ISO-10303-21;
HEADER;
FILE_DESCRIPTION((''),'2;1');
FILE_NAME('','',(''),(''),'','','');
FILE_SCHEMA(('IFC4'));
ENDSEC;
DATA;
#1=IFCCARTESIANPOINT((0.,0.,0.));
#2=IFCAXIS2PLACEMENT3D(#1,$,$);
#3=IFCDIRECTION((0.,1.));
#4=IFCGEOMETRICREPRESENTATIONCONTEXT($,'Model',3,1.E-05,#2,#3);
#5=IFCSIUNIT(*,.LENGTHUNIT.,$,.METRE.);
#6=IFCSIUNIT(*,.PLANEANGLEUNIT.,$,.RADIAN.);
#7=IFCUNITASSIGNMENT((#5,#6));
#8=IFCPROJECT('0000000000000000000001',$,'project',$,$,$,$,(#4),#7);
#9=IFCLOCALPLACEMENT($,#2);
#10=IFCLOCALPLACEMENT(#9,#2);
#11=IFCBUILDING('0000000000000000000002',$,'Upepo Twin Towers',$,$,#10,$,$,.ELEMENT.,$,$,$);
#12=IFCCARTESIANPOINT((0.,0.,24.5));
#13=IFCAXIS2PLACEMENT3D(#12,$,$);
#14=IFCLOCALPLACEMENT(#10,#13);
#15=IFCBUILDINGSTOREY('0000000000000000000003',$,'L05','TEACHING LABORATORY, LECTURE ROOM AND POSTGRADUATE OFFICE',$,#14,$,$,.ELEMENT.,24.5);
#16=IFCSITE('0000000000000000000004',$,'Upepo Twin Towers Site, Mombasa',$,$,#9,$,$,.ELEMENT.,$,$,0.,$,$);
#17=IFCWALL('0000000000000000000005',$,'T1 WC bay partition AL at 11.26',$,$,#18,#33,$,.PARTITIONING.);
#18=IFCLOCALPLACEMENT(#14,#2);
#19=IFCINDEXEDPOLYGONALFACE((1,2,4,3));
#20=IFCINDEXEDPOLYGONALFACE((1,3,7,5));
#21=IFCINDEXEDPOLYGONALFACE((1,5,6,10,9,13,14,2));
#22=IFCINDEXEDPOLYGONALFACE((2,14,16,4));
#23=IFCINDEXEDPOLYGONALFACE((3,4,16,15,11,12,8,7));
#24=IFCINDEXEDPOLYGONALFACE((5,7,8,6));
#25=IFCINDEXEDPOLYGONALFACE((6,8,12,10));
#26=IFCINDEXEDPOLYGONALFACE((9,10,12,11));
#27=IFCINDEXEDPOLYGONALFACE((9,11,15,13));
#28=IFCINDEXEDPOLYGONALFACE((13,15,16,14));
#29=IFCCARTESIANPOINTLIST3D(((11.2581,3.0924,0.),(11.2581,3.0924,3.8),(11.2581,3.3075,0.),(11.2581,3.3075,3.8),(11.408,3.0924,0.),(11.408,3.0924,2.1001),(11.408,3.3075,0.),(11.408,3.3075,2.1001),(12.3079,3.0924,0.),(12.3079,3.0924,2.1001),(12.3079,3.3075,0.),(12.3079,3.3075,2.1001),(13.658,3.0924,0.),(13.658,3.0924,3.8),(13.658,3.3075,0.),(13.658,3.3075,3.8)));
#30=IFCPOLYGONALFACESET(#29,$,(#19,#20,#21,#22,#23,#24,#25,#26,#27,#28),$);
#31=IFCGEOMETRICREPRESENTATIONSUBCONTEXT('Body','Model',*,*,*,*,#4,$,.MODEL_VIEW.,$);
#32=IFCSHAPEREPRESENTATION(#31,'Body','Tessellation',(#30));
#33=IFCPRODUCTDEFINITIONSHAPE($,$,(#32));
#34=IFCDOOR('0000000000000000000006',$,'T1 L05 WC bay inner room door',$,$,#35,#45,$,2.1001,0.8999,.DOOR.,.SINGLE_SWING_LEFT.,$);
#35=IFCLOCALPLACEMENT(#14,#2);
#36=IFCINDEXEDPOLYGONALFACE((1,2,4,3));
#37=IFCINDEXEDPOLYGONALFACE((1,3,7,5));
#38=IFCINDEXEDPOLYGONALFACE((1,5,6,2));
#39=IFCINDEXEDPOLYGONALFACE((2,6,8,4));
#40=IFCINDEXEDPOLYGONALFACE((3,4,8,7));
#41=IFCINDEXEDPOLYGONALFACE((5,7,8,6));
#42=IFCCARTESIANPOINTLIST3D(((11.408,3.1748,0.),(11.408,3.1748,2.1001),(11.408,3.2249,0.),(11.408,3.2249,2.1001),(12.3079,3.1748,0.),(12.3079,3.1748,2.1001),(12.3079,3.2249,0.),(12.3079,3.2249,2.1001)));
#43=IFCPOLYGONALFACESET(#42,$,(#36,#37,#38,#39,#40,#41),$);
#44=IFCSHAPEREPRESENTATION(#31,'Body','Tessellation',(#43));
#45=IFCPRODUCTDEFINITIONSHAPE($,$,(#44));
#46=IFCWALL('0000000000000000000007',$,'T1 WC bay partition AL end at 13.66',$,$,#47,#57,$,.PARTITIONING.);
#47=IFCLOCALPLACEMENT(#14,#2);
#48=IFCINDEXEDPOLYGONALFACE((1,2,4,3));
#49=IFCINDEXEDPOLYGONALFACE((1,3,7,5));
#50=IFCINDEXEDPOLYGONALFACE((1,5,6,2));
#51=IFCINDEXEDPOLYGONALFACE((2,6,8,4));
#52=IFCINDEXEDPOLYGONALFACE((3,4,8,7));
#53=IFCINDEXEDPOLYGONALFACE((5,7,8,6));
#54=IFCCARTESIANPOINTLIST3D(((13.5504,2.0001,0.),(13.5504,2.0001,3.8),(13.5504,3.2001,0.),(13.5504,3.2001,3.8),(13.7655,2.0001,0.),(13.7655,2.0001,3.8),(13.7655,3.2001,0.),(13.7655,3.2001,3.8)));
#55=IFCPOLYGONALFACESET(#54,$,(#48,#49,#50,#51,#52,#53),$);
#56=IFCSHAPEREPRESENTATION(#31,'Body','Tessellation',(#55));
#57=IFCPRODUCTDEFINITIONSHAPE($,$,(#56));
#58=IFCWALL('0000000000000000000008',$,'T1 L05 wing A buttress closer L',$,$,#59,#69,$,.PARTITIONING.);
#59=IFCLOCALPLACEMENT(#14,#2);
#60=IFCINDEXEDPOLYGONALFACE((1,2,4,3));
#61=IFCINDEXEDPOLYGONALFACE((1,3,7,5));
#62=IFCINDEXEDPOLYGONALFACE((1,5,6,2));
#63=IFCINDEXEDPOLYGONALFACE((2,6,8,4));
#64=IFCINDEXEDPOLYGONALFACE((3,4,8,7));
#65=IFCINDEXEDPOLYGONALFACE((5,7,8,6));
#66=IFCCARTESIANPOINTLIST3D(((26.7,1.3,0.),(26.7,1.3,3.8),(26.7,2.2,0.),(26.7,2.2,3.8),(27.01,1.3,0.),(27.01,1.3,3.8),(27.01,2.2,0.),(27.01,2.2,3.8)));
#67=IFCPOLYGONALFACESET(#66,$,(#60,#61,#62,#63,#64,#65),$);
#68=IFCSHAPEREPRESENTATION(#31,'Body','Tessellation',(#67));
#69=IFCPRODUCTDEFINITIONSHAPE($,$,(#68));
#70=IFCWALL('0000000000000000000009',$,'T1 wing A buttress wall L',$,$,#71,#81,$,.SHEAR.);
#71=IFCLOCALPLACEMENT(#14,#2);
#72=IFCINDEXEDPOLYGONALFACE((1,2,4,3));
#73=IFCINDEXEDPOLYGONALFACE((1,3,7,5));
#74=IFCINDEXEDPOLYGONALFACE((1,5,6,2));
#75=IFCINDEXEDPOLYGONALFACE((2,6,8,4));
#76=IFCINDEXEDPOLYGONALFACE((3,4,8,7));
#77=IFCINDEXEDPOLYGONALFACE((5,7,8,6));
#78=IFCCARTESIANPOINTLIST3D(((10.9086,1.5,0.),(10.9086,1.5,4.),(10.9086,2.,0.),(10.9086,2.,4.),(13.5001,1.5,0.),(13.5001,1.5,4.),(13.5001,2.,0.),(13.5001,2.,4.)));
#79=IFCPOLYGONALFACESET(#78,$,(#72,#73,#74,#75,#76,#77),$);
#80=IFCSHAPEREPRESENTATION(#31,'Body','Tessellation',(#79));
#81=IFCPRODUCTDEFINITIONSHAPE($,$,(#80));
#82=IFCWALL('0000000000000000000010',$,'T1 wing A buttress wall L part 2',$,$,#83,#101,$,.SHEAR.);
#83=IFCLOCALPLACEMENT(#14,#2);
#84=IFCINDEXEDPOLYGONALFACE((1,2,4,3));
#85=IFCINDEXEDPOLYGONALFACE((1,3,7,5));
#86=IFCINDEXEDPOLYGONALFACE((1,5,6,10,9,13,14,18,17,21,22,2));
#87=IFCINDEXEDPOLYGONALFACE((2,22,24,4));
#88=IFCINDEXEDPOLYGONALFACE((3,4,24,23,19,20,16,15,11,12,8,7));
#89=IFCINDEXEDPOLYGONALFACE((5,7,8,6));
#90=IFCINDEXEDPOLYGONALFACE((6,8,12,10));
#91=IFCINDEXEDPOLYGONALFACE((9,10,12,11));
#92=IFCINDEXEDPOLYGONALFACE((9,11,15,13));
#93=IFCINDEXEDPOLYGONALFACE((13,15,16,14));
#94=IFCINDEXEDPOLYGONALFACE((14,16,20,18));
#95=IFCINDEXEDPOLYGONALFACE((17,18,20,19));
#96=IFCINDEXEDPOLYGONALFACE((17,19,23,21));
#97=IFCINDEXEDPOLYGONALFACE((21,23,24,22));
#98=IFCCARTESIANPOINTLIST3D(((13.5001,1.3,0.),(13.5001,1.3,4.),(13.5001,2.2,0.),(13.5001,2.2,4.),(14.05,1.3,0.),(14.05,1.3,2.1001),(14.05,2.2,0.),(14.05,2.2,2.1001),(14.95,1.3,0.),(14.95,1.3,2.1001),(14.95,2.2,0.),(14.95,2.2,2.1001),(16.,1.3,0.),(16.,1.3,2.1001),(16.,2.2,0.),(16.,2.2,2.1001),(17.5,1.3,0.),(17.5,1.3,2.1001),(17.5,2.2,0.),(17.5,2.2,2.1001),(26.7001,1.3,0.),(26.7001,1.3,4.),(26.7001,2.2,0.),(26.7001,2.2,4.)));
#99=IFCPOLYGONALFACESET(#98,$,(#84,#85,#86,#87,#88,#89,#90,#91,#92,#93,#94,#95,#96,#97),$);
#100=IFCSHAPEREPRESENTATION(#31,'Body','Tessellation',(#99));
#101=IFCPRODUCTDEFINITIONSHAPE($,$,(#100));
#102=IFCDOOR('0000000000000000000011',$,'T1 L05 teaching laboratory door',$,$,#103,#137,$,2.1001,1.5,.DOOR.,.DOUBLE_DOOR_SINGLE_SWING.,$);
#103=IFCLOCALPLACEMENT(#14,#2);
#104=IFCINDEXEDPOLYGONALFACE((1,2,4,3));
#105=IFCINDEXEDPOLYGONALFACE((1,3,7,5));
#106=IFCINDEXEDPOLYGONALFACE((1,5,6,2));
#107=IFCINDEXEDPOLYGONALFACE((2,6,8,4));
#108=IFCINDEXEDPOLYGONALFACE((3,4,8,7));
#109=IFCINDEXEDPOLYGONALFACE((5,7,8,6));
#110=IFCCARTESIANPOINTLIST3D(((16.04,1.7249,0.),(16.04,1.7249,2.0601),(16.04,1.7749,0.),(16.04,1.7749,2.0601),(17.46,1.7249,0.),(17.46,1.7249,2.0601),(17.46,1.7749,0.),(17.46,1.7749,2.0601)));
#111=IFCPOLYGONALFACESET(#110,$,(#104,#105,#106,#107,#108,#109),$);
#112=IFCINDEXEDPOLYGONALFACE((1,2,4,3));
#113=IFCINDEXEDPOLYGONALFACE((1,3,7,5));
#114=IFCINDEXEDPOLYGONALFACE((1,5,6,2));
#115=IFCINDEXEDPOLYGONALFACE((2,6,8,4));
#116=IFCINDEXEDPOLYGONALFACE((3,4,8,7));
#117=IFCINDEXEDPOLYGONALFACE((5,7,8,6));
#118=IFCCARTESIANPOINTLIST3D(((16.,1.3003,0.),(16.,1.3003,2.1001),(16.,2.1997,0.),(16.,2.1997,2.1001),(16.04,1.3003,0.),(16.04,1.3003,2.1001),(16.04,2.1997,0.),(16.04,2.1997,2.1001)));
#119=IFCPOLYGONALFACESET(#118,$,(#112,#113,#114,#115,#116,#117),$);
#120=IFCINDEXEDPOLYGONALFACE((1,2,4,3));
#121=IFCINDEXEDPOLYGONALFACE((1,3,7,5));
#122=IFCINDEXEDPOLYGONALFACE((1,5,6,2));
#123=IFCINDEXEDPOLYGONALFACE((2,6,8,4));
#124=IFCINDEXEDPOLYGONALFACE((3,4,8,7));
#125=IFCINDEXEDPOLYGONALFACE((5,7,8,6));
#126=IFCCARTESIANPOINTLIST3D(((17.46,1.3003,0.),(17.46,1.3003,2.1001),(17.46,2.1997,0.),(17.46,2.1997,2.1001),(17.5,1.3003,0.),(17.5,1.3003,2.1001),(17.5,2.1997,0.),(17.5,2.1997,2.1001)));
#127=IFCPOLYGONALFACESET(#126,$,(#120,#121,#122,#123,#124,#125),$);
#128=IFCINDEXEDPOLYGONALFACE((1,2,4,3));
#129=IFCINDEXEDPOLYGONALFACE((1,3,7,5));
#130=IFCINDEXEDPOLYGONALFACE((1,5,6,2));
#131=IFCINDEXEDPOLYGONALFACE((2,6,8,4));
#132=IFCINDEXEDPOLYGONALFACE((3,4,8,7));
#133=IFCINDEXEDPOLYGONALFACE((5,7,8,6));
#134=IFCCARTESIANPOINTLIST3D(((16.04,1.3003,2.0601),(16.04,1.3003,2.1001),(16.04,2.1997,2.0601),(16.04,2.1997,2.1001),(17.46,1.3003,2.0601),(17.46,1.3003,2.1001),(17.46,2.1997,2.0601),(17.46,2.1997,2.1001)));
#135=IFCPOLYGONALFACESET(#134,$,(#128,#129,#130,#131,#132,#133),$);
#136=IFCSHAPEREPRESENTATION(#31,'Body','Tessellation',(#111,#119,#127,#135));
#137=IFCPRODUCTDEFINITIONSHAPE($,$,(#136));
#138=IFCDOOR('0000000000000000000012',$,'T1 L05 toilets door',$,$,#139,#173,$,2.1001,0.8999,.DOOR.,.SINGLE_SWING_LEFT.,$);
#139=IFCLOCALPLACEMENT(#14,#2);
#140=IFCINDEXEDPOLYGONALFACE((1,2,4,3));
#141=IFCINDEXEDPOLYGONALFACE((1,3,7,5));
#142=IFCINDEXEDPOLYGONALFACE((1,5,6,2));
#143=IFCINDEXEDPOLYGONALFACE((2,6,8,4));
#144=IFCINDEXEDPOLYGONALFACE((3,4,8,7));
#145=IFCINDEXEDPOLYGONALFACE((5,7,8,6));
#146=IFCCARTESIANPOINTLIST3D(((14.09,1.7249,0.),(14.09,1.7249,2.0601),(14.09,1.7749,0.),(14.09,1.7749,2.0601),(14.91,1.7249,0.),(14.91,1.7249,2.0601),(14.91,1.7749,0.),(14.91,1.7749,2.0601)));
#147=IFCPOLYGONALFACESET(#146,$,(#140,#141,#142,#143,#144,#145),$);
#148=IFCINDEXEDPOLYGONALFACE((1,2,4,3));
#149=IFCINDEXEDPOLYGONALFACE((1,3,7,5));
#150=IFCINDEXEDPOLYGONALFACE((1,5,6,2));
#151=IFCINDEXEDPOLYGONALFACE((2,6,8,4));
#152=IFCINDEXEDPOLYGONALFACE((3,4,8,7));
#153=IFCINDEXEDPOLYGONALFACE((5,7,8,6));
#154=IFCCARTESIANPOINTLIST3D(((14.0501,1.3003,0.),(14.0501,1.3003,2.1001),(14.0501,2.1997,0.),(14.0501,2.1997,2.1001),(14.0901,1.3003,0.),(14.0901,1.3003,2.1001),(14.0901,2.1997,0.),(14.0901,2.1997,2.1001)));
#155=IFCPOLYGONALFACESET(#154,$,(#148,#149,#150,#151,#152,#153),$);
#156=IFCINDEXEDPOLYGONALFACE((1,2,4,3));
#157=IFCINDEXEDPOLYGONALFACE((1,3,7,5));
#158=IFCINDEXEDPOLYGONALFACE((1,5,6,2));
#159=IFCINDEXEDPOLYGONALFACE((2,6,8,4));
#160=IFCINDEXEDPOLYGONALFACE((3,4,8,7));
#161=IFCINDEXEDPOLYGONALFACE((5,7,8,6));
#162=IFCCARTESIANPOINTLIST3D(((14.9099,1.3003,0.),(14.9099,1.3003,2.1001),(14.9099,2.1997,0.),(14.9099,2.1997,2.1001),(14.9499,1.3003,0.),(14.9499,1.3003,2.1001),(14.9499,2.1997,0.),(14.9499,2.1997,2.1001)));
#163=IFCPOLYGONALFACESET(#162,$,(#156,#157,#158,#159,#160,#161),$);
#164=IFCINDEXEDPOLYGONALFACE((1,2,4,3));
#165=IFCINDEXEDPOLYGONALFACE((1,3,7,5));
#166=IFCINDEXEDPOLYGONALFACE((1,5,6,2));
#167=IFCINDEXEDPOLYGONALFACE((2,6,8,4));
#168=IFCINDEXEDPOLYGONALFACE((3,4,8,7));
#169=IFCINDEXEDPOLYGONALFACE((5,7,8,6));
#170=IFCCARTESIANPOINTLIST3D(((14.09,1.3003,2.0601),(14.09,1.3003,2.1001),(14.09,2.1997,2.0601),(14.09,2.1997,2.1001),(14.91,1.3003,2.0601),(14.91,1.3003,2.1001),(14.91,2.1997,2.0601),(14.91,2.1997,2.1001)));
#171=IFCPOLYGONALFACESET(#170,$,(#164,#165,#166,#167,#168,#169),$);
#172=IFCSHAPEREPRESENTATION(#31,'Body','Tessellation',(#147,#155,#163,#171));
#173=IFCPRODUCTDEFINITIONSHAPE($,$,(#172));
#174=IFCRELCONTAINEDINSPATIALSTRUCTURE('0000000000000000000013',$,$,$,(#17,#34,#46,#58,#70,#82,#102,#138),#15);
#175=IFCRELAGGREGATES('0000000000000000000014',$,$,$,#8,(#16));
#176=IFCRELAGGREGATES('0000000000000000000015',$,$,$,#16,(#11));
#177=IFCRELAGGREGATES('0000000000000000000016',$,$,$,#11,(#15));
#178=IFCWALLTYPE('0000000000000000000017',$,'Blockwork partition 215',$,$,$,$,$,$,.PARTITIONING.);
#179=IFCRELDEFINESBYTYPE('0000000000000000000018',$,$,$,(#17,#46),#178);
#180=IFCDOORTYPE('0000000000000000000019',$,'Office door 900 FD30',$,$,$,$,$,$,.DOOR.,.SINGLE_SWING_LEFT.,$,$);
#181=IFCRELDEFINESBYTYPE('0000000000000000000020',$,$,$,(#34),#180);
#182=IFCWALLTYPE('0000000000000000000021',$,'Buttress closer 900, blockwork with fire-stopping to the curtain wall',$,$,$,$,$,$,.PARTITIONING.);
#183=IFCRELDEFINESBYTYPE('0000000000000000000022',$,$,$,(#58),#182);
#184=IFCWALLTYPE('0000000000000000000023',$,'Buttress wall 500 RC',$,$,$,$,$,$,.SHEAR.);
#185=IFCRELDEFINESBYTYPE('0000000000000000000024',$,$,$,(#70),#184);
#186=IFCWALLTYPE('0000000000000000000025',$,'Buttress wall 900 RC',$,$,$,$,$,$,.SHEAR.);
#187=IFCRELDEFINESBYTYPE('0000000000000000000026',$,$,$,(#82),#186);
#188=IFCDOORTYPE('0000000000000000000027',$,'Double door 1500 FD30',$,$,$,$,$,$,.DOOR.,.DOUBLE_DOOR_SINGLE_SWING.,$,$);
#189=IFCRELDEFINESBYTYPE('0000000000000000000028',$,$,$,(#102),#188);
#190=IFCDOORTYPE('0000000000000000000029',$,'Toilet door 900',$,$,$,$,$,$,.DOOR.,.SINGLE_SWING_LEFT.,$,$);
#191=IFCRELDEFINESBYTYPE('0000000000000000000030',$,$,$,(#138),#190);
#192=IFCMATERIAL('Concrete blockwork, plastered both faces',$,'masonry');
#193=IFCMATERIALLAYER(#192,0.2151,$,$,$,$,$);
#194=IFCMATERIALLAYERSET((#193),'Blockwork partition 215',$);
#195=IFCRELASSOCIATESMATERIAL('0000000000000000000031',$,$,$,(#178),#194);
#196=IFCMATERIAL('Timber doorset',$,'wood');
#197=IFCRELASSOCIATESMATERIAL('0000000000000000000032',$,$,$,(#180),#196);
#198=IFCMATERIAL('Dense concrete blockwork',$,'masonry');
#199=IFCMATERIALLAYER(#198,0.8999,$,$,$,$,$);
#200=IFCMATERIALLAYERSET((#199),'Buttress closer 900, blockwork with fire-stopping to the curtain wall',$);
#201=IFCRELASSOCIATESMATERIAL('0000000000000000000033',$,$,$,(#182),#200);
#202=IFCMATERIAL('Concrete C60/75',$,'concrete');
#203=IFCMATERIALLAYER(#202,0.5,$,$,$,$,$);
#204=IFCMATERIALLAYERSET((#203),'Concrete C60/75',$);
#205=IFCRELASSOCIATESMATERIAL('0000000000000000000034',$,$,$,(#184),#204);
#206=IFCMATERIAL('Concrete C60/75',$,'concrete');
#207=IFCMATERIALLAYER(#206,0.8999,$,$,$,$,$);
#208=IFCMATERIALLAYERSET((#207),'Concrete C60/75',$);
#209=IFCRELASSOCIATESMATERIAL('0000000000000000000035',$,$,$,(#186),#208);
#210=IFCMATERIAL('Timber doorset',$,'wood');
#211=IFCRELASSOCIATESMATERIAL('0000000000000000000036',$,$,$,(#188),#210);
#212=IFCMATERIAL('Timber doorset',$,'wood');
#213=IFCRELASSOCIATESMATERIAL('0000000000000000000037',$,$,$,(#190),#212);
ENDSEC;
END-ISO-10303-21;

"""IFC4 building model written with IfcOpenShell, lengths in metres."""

from ifc_helpers import new_model, si_unit, direction, frame, frame_2d, origin, place, context, subcontext, project, spatial, rectangle, extrude, material, layer, layer_set, type_object, element, fill, save


model = new_model("IFC4")

# Units and contexts
model_context = context("Model", 3, precision=1e-05, world=origin(), true_north=direction((0.0, 1.0)))
body_context = subcontext(model_context, "Body", "Model", "MODEL_VIEW")
ifc_project = project(units=[si_unit("LENGTHUNIT", "METRE"), si_unit("PLANEANGLEUNIT", "RADIAN")], contexts=[model_context])

# Site, building, storey
site_placement = place(None, origin())
site = spatial("IfcSite", under=ifc_project, at=site_placement, Name="Upepo Twin Towers Site, Mombasa", CompositionType="ELEMENT", RefElevation=0.0)
building_placement = place(site_placement, origin())
building = spatial("IfcBuilding", under=site, at=building_placement, Name="Upepo Twin Towers", CompositionType="ELEMENT")
storey_placement = place(building_placement, frame((0.0, 0.0, 24.5)))
storey = spatial("IfcBuildingStorey", under=building, at=storey_placement, Name="L05", Description="TEACHING LABORATORY, LECTURE ROOM AND POSTGRADUATE OFFICE", CompositionType="ELEMENT", Elevation=24.5)

# Shared definitions
ifc_material_1 = material(Name="Concrete blockwork, plastered both faces", Category="masonry")
ifc_layer_1 = layer(ifc_material_1, 0.2151)
ifc_layer_set_1 = layer_set([ifc_layer_1], Name="Blockwork partition 215")
wall_type_1 = type_object("IfcWallType", Name="Blockwork partition 215", PredefinedType="PARTITIONING", material=ifc_layer_set_1)

# Wall, opening, door
wall_1_placement = place(storey_placement, frame((11.2581, 3.2, 0.0), z_axis=(0.0, 0.0, 1.0), x_axis=(1.0, 0.0, 0.0)))
wall_1 = element("IfcWall", 1, at=wall_1_placement, inside=storey, type_object=wall_type_1, Name="T1 WC bay partition AL at 11.26", PredefinedType="PARTITIONING", context=body_context, shape_type="SweptSolid", body=[
    extrude(rectangle(XDim=2.3999, YDim=0.2151, at=frame_2d((1.2, 0.0))), origin(), (0.0, 0.0, 1.0), 3.8),
])
opening_1_placement = place(wall_1_placement, frame((0.1499, 0.0, 0.0)))
opening_1 = element("IfcOpeningElement", 2, at=opening_1_placement, cuts=wall_1, PredefinedType="OPENING", context=body_context, shape_type="SweptSolid", body=[
    extrude(rectangle(XDim=0.8999, YDim=2.1001, at=frame_2d((0.45, 1.05))), frame((0.0, 0.1174, 0.0), z_axis=(0.0, -1.0, 0.0), x_axis=(1.0, 0.0, 0.0)), (0.0, 0.0, 1.0), 0.2351),
])
ifc_material_2 = material(Name="Timber doorset", Category="wood")
door_type_1 = type_object("IfcDoorType", Name="Office door 900 FD30", OperationType="SINGLE_SWING_LEFT", PredefinedType="DOOR", material=ifc_material_2)
door_1_placement = place(opening_1_placement, origin())
door_1 = element("IfcDoor", 3, at=door_1_placement, inside=storey, type_object=door_type_1, Name="T1 L05 WC bay inner room door", OperationType="SINGLE_SWING_LEFT", OverallHeight=2.1001, OverallWidth=0.8999, PredefinedType="DOOR", context=body_context, shape_type="SweptSolid", body=[
    extrude(rectangle(XDim=0.8999, YDim=2.1001, at=frame_2d((0.45, 1.05))), frame((0.0, 0.0249, 0.0), z_axis=(0.0, -1.0, 0.0), x_axis=(1.0, 0.0, 0.0)), (0.0, 0.0, 1.0), 0.05),
])
fill(opening_1, door_1)

# Walls
wall_2_placement = place(storey_placement, frame((13.658, 2.0, 0.0), z_axis=(0.0, 0.0, 1.0), x_axis=(0.0, 1.0, 0.0)))
element("IfcWall", 4, at=wall_2_placement, inside=storey, type_object=wall_type_1, Name="T1 WC bay partition AL end at 13.66", PredefinedType="PARTITIONING", context=body_context, shape_type="SweptSolid", body=[
    extrude(rectangle(XDim=1.2, YDim=0.2151, at=frame_2d((0.6001, 0.0))), origin(), (0.0, 0.0, 1.0), 3.8),
])
ifc_material_3 = material(Name="Dense concrete blockwork", Category="masonry")
ifc_layer_2 = layer(ifc_material_3, 0.8999)
ifc_layer_set_2 = layer_set([ifc_layer_2], Name="Buttress closer 900, blockwork with fire-stopping to the curtain wall")
wall_type_2 = type_object("IfcWallType", Name="Buttress closer 900, blockwork with fire-stopping to the curtain wall", PredefinedType="PARTITIONING", material=ifc_layer_set_2)
wall_3_placement = place(storey_placement, frame((26.7, 1.75, 0.0), z_axis=(0.0, 0.0, 1.0), x_axis=(1.0, 0.0, 0.0)))
element("IfcWall", 5, at=wall_3_placement, inside=storey, type_object=wall_type_2, Name="T1 L05 wing A buttress closer L", PredefinedType="PARTITIONING", context=body_context, shape_type="SweptSolid", body=[
    extrude(rectangle(XDim=0.3101, YDim=0.8999, at=frame_2d((0.155, 0.0))), origin(), (0.0, 0.0, 1.0), 3.8),
])
ifc_material_4 = material(Name="Concrete C60/75", Category="concrete")
ifc_layer_3 = layer(ifc_material_4, 0.5)
ifc_layer_set_3 = layer_set([ifc_layer_3], Name="Concrete C60/75")
wall_type_3 = type_object("IfcWallType", Name="Buttress wall 500 RC", PredefinedType="SHEAR", material=ifc_layer_set_3)
wall_4_placement = place(storey_placement, frame((10.9084, 1.75, 0.0), z_axis=(0.0, 0.0, 1.0), x_axis=(1.0, 0.0, 0.0)))
element("IfcWall", 6, at=wall_4_placement, inside=storey, type_object=wall_type_3, Name="T1 wing A buttress wall L", PredefinedType="SHEAR", context=body_context, shape_type="SweptSolid", body=[
    extrude(rectangle(XDim=2.5916, YDim=0.5, at=frame_2d((1.2959, 0.0))), origin(), (0.0, 0.0, 1.0), 4.0),
])

# Wall, openings, doors
ifc_material_5 = material(Name="Concrete C60/75", Category="concrete")
ifc_layer_4 = layer(ifc_material_5, 0.8999)
ifc_layer_set_4 = layer_set([ifc_layer_4], Name="Concrete C60/75")
wall_type_4 = type_object("IfcWallType", Name="Buttress wall 900 RC", PredefinedType="SHEAR", material=ifc_layer_set_4)
wall_5_placement = place(storey_placement, frame((13.5, 1.75, 0.0), z_axis=(0.0, 0.0, 1.0), x_axis=(1.0, 0.0, 0.0)))
wall_5 = element("IfcWall", 7, at=wall_5_placement, inside=storey, type_object=wall_type_4, Name="T1 wing A buttress wall L part 2", PredefinedType="SHEAR", context=body_context, shape_type="SweptSolid", body=[
    extrude(rectangle(XDim=13.2, YDim=0.8999, at=frame_2d((6.6001, 0.0))), origin(), (0.0, 0.0, 1.0), 4.0),
])
opening_2_placement = place(wall_5_placement, frame((0.55, 0.0, 0.0)))
opening_2 = element("IfcOpeningElement", 8, at=opening_2_placement, cuts=wall_5, PredefinedType="OPENING", context=body_context, shape_type="SweptSolid", body=[
    extrude(rectangle(XDim=0.8999, YDim=2.1001, at=frame_2d((0.45, 1.05))), frame((0.0, 0.46, 0.0), z_axis=(0.0, -1.0, 0.0), x_axis=(1.0, 0.0, 0.0)), (0.0, 0.0, 1.0), 0.9199),
])
opening_3_placement = place(wall_5_placement, frame((2.5, 0.0, 0.0)))
opening_3 = element("IfcOpeningElement", 9, at=opening_3_placement, cuts=wall_5, PredefinedType="OPENING", context=body_context, shape_type="SweptSolid", body=[
    extrude(rectangle(XDim=1.5, YDim=2.1001, at=frame_2d((0.75, 1.05))), frame((0.0, 0.46, 0.0), z_axis=(0.0, -1.0, 0.0), x_axis=(1.0, 0.0, 0.0)), (0.0, 0.0, 1.0), 0.9199),
])
ifc_material_6 = material(Name="Timber doorset", Category="wood")
door_type_2 = type_object("IfcDoorType", Name="Double door 1500 FD30", OperationType="DOUBLE_DOOR_SINGLE_SWING", PredefinedType="DOOR", material=ifc_material_6)
door_2_placement = place(opening_3_placement, origin())
door_2 = element("IfcDoor", 10, at=door_2_placement, inside=storey, type_object=door_type_2, Name="T1 L05 teaching laboratory door", OperationType="DOUBLE_DOOR_SINGLE_SWING", OverallHeight=2.1001, OverallWidth=1.5, PredefinedType="DOOR", context=body_context, shape_type="SweptSolid", body=[
    extrude(rectangle(XDim=1.42, YDim=2.0601, at=frame_2d((0.75, 1.03))), frame((0.0, 0.0249, 0.0), z_axis=(0.0, -1.0, 0.0), x_axis=(1.0, 0.0, 0.0)), (0.0, 0.0, 1.0), 0.05),
    extrude(rectangle(XDim=0.04, YDim=2.1001, at=frame_2d((0.02, 1.05))), frame((0.0, 0.4497, 0.0), z_axis=(0.0, -1.0, 0.0), x_axis=(1.0, 0.0, 0.0)), (0.0, 0.0, 1.0), 0.8994),
    extrude(rectangle(XDim=0.04, YDim=2.1001, at=frame_2d((1.48, 1.05))), frame((0.0, 0.4497, 0.0), z_axis=(0.0, -1.0, 0.0), x_axis=(1.0, 0.0, 0.0)), (0.0, 0.0, 1.0), 0.8994),
    extrude(rectangle(XDim=1.42, YDim=0.04, at=frame_2d((0.75, 2.0801))), frame((0.0, 0.4497, 0.0), z_axis=(0.0, -1.0, 0.0), x_axis=(1.0, 0.0, 0.0)), (0.0, 0.0, 1.0), 0.8994),
])
fill(opening_3, door_2)
ifc_material_7 = material(Name="Timber doorset", Category="wood")
door_type_3 = type_object("IfcDoorType", Name="Toilet door 900", OperationType="SINGLE_SWING_LEFT", PredefinedType="DOOR", material=ifc_material_7)
door_3_placement = place(opening_2_placement, origin())
door_3 = element("IfcDoor", 11, at=door_3_placement, inside=storey, type_object=door_type_3, Name="T1 L05 toilets door", OperationType="SINGLE_SWING_LEFT", OverallHeight=2.1001, OverallWidth=0.8999, PredefinedType="DOOR", context=body_context, shape_type="SweptSolid", body=[
    extrude(rectangle(XDim=0.8199, YDim=2.0601, at=frame_2d((0.45, 1.03))), frame((0.0, 0.0249, 0.0), z_axis=(0.0, -1.0, 0.0), x_axis=(1.0, 0.0, 0.0)), (0.0, 0.0, 1.0), 0.05),
    extrude(rectangle(XDim=0.04, YDim=2.1001, at=frame_2d((0.02, 1.05))), frame((0.0, 0.4497, 0.0), z_axis=(0.0, -1.0, 0.0), x_axis=(1.0, 0.0, 0.0)), (0.0, 0.0, 1.0), 0.8994),
    extrude(rectangle(XDim=0.04, YDim=2.1001, at=frame_2d((0.8799, 1.05))), frame((0.0, 0.4497, 0.0), z_axis=(0.0, -1.0, 0.0), x_axis=(1.0, 0.0, 0.0)), (0.0, 0.0, 1.0), 0.8994),
    extrude(rectangle(XDim=0.8199, YDim=0.04, at=frame_2d((0.45, 2.0801))), frame((0.0, 0.4497, 0.0), z_axis=(0.0, -1.0, 0.0), x_axis=(1.0, 0.0, 0.0)), (0.0, 0.0, 1.0), 0.8994),
])
fill(opening_2, door_3)

save(model, "model.ifc")
